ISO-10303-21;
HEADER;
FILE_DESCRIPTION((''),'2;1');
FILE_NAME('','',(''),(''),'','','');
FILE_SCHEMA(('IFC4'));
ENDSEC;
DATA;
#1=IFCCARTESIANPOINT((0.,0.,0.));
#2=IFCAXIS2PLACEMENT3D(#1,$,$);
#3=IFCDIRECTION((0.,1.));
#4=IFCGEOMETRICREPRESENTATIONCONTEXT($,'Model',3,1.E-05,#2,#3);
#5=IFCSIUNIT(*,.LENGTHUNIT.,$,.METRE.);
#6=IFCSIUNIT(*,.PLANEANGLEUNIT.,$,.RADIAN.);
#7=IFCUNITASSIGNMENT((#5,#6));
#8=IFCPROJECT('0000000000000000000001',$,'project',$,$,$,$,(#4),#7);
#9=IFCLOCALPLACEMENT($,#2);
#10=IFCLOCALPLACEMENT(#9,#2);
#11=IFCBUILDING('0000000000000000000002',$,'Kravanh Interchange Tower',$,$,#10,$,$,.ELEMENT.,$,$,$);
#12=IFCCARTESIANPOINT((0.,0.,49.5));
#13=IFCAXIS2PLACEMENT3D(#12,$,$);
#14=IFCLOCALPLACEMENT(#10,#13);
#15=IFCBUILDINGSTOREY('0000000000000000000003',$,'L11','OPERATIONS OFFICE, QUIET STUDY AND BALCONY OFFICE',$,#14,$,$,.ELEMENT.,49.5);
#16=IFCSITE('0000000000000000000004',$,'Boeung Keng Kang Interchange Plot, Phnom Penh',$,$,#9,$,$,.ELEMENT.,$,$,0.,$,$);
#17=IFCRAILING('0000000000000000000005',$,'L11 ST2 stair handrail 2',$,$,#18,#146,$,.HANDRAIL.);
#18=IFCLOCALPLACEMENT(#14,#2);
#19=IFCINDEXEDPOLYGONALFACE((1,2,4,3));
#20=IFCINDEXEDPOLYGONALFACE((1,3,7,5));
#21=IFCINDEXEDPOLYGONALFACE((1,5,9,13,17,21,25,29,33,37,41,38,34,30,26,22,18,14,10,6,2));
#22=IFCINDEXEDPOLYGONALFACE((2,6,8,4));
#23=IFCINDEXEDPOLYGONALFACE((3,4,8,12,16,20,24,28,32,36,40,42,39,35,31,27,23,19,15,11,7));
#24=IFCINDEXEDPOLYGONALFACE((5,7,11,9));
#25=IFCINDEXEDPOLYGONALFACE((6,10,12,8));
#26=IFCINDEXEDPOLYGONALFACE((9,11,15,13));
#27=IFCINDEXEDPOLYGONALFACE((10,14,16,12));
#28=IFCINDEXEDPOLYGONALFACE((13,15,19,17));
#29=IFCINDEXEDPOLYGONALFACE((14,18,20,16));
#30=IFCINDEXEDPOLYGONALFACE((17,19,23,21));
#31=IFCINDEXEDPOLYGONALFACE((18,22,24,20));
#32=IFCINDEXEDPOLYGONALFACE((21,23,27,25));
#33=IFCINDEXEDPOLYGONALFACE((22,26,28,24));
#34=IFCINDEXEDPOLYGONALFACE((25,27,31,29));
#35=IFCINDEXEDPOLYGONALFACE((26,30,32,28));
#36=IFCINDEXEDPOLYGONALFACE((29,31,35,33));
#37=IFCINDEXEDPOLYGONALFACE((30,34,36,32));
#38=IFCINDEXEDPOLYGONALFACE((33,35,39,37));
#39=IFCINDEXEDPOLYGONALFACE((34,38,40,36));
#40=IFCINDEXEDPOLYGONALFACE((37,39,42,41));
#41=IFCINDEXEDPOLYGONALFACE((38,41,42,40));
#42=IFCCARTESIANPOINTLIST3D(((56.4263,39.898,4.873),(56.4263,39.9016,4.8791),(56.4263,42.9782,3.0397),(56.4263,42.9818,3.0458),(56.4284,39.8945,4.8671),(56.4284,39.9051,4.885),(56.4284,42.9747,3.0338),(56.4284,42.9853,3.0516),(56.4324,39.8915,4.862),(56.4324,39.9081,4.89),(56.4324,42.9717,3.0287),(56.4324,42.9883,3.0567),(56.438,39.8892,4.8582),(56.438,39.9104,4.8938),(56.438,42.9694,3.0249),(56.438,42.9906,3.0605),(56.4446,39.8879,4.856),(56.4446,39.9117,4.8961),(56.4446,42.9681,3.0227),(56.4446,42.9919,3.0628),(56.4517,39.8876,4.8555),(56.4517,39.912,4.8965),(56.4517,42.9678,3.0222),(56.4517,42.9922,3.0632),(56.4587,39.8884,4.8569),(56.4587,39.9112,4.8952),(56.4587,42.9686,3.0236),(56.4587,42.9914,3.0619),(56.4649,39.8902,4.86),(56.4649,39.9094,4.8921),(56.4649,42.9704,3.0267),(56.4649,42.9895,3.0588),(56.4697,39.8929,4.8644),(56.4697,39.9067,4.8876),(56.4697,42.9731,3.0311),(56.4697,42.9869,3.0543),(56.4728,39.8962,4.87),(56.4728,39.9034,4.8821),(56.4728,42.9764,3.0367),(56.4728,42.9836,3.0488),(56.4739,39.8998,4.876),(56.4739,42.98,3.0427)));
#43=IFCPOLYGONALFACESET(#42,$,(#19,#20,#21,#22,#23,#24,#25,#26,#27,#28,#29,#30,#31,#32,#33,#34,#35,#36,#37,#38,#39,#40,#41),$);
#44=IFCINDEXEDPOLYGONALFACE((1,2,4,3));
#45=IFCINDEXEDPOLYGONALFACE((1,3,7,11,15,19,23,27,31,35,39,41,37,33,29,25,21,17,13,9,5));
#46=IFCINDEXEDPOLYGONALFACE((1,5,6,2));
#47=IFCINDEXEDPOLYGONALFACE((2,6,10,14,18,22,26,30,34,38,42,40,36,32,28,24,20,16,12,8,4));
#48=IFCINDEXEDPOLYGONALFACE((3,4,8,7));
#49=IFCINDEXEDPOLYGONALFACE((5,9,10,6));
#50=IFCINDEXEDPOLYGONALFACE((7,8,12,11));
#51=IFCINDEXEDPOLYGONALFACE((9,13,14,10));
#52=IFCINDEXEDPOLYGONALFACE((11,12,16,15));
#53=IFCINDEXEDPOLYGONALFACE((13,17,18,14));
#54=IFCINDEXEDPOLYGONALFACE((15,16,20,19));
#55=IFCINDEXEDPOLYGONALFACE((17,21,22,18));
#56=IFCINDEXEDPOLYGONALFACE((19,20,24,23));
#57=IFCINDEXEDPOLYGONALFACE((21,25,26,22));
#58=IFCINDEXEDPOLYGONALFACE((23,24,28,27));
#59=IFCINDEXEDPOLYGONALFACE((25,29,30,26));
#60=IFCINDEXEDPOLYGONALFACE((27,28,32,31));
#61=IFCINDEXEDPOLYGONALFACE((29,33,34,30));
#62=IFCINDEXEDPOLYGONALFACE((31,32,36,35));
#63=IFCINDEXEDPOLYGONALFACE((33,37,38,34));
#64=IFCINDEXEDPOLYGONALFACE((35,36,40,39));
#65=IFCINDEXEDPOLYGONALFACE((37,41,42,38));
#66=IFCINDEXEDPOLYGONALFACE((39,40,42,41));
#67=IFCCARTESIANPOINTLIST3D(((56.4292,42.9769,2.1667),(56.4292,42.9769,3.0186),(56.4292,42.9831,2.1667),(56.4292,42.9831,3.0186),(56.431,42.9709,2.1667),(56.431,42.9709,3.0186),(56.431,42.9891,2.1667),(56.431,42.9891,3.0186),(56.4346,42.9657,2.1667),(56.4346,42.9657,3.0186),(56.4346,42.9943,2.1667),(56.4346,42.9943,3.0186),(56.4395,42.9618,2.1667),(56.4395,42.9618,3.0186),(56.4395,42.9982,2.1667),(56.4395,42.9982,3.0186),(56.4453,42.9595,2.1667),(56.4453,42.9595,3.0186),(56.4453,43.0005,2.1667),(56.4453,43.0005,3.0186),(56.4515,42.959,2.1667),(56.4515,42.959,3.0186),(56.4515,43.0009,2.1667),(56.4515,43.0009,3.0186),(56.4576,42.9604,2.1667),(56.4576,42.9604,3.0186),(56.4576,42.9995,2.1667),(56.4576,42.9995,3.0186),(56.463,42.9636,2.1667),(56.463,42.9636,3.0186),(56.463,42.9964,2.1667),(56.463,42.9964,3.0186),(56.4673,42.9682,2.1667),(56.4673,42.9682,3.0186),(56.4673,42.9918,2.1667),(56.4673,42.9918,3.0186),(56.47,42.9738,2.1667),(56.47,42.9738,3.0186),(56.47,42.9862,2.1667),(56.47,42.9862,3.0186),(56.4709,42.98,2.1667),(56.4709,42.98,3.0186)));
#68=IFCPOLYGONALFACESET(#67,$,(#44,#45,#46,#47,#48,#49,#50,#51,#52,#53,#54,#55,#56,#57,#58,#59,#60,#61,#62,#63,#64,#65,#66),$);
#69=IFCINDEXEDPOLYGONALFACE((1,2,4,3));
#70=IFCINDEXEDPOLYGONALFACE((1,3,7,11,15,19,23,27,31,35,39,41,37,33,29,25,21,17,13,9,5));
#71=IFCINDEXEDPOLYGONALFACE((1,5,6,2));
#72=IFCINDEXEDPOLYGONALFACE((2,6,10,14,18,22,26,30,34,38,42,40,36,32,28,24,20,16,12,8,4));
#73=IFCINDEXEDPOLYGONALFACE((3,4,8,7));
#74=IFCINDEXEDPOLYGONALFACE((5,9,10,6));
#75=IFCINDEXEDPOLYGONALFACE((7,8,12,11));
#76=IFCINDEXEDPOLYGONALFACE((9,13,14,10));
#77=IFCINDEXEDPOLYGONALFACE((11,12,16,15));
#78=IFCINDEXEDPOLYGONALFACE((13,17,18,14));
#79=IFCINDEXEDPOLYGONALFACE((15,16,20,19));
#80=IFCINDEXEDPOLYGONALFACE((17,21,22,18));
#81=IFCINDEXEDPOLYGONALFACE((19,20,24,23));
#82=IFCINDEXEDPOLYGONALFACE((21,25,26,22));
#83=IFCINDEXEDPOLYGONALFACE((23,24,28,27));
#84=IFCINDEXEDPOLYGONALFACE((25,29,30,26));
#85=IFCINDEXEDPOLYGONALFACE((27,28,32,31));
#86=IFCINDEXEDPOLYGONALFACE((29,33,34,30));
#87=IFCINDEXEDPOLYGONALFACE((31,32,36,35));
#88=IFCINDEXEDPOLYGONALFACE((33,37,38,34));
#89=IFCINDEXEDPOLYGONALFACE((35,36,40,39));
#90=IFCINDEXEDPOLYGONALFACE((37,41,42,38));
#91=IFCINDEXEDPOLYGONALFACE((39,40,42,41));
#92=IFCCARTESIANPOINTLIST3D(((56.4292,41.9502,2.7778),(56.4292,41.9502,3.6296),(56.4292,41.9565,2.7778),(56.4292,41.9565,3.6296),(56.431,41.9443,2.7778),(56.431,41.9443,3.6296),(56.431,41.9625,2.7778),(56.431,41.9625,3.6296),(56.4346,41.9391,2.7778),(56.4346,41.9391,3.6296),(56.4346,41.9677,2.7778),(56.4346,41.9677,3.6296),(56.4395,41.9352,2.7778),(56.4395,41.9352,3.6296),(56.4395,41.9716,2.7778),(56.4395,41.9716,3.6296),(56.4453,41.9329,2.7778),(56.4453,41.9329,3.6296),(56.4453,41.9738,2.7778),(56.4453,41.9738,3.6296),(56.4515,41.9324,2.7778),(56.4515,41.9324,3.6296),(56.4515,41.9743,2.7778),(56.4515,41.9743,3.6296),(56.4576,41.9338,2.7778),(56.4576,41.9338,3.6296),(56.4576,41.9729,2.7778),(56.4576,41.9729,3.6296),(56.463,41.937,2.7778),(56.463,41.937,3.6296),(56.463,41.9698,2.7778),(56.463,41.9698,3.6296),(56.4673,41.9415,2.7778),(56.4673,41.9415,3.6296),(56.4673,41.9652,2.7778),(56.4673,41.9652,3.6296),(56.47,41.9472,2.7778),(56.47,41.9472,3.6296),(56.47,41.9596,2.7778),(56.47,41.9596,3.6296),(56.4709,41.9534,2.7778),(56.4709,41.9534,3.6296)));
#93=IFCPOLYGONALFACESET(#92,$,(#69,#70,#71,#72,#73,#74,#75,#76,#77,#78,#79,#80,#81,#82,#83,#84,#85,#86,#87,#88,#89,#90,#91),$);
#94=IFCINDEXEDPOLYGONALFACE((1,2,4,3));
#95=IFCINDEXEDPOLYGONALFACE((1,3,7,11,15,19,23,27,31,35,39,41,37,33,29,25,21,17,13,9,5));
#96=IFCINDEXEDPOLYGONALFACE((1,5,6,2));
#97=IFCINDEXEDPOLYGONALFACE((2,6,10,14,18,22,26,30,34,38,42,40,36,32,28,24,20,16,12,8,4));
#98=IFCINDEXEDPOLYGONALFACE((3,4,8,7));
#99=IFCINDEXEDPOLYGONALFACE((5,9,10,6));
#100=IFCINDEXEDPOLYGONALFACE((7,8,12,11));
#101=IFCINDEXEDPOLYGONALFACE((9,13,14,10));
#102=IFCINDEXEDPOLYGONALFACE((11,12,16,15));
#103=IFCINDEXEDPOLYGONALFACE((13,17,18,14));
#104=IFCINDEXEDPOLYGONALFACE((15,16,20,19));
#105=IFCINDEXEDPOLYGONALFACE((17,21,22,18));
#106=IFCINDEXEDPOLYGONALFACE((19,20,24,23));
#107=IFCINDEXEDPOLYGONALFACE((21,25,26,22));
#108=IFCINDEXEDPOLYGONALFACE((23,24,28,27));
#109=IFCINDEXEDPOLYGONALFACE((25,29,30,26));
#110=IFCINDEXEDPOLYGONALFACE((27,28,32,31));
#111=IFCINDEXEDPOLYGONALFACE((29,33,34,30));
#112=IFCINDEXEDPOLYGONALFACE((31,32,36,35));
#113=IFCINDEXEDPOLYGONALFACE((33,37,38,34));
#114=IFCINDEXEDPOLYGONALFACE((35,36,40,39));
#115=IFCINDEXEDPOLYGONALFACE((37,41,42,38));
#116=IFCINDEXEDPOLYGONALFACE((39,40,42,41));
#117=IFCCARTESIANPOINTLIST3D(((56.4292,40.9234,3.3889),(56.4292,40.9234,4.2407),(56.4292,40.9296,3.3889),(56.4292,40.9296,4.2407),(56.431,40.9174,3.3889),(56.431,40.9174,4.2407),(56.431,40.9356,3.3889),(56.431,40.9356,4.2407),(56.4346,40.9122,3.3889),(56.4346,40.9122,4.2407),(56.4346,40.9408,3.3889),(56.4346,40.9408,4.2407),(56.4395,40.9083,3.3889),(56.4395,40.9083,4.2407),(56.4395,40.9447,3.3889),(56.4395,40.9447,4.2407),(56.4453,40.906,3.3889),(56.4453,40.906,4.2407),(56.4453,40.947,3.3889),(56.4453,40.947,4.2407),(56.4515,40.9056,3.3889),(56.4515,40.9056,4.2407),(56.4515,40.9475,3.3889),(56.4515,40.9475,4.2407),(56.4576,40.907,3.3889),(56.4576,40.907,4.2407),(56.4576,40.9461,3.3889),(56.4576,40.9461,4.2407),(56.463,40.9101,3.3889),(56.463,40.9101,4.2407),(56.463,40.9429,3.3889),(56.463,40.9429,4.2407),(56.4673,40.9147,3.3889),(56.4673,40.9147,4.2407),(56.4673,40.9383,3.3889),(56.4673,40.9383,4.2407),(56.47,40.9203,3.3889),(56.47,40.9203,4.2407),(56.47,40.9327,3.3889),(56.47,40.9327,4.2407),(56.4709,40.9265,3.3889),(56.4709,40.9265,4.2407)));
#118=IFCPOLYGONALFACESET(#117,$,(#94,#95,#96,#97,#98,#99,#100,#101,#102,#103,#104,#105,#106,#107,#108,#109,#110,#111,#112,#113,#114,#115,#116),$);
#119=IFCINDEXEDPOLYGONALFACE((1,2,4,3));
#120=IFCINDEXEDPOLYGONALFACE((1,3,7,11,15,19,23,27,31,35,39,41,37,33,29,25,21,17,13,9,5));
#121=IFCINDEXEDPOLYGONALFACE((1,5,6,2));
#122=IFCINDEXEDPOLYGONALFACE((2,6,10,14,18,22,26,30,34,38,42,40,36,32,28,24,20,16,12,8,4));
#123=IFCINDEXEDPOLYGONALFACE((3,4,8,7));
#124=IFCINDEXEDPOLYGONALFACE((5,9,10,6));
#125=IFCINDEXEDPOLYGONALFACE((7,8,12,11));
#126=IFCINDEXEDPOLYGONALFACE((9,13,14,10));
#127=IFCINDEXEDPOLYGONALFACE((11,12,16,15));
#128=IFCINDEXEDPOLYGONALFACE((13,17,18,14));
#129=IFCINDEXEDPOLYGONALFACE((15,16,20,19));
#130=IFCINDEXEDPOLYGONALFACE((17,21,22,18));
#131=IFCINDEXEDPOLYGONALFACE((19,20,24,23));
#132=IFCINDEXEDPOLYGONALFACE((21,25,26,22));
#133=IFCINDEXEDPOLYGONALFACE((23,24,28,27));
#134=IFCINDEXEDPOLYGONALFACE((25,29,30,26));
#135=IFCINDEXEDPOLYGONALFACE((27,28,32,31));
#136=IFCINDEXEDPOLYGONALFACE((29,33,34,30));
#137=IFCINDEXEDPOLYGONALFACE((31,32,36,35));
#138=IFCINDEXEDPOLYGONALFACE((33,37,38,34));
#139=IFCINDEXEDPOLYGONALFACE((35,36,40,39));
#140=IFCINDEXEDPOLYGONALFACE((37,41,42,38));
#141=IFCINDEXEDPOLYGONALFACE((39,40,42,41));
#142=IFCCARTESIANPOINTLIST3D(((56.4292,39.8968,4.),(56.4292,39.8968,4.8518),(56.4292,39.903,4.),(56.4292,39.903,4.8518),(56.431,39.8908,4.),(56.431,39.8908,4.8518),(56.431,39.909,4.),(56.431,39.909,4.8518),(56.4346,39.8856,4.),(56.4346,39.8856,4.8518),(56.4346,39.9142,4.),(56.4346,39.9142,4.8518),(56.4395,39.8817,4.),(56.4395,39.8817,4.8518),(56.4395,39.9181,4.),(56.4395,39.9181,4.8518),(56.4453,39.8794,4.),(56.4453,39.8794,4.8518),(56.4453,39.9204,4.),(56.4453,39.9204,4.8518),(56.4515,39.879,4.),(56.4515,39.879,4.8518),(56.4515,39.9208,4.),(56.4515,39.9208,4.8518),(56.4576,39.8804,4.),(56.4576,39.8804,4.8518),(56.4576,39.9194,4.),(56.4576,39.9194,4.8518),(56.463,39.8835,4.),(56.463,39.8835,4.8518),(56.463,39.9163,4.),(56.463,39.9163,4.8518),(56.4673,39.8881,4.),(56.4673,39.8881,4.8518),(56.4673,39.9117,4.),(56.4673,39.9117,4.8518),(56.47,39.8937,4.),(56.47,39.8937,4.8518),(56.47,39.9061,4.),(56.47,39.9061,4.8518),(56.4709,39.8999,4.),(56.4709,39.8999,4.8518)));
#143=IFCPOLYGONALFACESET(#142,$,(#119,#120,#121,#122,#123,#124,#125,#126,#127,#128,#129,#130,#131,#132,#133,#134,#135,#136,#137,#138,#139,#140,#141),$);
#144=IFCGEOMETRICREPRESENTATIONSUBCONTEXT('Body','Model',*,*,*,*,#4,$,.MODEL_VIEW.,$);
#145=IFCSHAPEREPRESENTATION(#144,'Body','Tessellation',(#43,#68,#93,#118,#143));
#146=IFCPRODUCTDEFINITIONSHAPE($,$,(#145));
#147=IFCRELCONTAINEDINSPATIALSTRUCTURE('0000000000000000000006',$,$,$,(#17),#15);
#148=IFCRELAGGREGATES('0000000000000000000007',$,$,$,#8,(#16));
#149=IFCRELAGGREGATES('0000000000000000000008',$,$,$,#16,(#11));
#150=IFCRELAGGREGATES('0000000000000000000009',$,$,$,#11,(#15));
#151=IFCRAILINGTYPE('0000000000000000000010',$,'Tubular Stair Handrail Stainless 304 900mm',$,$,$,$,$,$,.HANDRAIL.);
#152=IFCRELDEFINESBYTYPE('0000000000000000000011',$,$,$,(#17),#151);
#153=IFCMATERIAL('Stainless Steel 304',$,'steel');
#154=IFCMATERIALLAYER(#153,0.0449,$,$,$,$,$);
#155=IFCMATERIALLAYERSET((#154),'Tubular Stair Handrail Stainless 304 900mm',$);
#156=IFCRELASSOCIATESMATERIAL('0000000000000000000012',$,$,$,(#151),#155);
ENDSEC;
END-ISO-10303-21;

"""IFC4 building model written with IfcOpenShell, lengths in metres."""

from ifc_helpers import new_model, si_unit, direction, frame, origin, origin_2d, place, context, subcontext, project, spatial, circle, extrude, material, layer, layer_set, type_object, element, save


model = new_model("IFC4")

# Units and contexts
model_context = context("Model", 3, precision=1e-05, world=origin(), true_north=direction((0.0, 1.0)))
body_context = subcontext(model_context, "Body", "Model", "MODEL_VIEW")
ifc_project = project(units=[si_unit("LENGTHUNIT", "METRE"), si_unit("PLANEANGLEUNIT", "RADIAN")], contexts=[model_context])

# Site, building, storey
site_placement = place(None, origin())
site = spatial("IfcSite", under=ifc_project, at=site_placement, Name="Boeung Keng Kang Interchange Plot, Phnom Penh", CompositionType="ELEMENT", RefElevation=0.0)
building_placement = place(site_placement, origin())
building = spatial("IfcBuilding", under=site, at=building_placement, Name="Kravanh Interchange Tower", CompositionType="ELEMENT")
storey_placement = place(building_placement, frame((0.0, 0.0, 49.5)))
storey = spatial("IfcBuildingStorey", under=building, at=storey_placement, Name="L11", Description="OPERATIONS OFFICE, QUIET STUDY AND BALCONY OFFICE", CompositionType="ELEMENT", Elevation=49.5)

# Railing
ifc_material_1 = material(Name="Stainless Steel 304", Category="steel")
ifc_layer_1 = layer(ifc_material_1, 0.0449)
ifc_layer_set_1 = layer_set([ifc_layer_1], Name="Tubular Stair Handrail Stainless 304 900mm")
railing_type_1 = type_object("IfcRailingType", Name="Tubular Stair Handrail Stainless 304 900mm", PredefinedType="HANDRAIL", material=ifc_layer_set_1)
railing_1_placement = place(storey_placement, frame((56.45, 42.98, 2.1667)))
element("IfcRailing", 1, at=railing_1_placement, inside=storey, type_object=railing_type_1, Name="L11 ST2 stair handrail 2", PredefinedType="HANDRAIL", context=body_context, shape_type="SweptSolid", body=[
    extrude(circle(Radius=0.0239, at=origin_2d()), frame((0.0, 0.0, 0.876), z_axis=(0.0, -0.859309, 0.511458), x_axis=(1.0, 0.0, 0.0)), (0.0, 0.0, 1.0), 3.5845),
    extrude(circle(Radius=0.021, at=origin_2d()), origin(), (0.0, 0.0, 1.0), 0.8518),
    extrude(circle(Radius=0.021, at=origin_2d()), frame((0.0, -1.0266, 0.6111)), (0.0, 0.0, 1.0), 0.8518),
    extrude(circle(Radius=0.021, at=origin_2d()), frame((0.0, -2.0535, 1.2222)), (0.0, 0.0, 1.0), 0.8518),
    extrude(circle(Radius=0.021, at=origin_2d()), frame((0.0, -3.0801, 1.8333)), (0.0, 0.0, 1.0), 0.8518),
])

save(model, "model.ifc")
